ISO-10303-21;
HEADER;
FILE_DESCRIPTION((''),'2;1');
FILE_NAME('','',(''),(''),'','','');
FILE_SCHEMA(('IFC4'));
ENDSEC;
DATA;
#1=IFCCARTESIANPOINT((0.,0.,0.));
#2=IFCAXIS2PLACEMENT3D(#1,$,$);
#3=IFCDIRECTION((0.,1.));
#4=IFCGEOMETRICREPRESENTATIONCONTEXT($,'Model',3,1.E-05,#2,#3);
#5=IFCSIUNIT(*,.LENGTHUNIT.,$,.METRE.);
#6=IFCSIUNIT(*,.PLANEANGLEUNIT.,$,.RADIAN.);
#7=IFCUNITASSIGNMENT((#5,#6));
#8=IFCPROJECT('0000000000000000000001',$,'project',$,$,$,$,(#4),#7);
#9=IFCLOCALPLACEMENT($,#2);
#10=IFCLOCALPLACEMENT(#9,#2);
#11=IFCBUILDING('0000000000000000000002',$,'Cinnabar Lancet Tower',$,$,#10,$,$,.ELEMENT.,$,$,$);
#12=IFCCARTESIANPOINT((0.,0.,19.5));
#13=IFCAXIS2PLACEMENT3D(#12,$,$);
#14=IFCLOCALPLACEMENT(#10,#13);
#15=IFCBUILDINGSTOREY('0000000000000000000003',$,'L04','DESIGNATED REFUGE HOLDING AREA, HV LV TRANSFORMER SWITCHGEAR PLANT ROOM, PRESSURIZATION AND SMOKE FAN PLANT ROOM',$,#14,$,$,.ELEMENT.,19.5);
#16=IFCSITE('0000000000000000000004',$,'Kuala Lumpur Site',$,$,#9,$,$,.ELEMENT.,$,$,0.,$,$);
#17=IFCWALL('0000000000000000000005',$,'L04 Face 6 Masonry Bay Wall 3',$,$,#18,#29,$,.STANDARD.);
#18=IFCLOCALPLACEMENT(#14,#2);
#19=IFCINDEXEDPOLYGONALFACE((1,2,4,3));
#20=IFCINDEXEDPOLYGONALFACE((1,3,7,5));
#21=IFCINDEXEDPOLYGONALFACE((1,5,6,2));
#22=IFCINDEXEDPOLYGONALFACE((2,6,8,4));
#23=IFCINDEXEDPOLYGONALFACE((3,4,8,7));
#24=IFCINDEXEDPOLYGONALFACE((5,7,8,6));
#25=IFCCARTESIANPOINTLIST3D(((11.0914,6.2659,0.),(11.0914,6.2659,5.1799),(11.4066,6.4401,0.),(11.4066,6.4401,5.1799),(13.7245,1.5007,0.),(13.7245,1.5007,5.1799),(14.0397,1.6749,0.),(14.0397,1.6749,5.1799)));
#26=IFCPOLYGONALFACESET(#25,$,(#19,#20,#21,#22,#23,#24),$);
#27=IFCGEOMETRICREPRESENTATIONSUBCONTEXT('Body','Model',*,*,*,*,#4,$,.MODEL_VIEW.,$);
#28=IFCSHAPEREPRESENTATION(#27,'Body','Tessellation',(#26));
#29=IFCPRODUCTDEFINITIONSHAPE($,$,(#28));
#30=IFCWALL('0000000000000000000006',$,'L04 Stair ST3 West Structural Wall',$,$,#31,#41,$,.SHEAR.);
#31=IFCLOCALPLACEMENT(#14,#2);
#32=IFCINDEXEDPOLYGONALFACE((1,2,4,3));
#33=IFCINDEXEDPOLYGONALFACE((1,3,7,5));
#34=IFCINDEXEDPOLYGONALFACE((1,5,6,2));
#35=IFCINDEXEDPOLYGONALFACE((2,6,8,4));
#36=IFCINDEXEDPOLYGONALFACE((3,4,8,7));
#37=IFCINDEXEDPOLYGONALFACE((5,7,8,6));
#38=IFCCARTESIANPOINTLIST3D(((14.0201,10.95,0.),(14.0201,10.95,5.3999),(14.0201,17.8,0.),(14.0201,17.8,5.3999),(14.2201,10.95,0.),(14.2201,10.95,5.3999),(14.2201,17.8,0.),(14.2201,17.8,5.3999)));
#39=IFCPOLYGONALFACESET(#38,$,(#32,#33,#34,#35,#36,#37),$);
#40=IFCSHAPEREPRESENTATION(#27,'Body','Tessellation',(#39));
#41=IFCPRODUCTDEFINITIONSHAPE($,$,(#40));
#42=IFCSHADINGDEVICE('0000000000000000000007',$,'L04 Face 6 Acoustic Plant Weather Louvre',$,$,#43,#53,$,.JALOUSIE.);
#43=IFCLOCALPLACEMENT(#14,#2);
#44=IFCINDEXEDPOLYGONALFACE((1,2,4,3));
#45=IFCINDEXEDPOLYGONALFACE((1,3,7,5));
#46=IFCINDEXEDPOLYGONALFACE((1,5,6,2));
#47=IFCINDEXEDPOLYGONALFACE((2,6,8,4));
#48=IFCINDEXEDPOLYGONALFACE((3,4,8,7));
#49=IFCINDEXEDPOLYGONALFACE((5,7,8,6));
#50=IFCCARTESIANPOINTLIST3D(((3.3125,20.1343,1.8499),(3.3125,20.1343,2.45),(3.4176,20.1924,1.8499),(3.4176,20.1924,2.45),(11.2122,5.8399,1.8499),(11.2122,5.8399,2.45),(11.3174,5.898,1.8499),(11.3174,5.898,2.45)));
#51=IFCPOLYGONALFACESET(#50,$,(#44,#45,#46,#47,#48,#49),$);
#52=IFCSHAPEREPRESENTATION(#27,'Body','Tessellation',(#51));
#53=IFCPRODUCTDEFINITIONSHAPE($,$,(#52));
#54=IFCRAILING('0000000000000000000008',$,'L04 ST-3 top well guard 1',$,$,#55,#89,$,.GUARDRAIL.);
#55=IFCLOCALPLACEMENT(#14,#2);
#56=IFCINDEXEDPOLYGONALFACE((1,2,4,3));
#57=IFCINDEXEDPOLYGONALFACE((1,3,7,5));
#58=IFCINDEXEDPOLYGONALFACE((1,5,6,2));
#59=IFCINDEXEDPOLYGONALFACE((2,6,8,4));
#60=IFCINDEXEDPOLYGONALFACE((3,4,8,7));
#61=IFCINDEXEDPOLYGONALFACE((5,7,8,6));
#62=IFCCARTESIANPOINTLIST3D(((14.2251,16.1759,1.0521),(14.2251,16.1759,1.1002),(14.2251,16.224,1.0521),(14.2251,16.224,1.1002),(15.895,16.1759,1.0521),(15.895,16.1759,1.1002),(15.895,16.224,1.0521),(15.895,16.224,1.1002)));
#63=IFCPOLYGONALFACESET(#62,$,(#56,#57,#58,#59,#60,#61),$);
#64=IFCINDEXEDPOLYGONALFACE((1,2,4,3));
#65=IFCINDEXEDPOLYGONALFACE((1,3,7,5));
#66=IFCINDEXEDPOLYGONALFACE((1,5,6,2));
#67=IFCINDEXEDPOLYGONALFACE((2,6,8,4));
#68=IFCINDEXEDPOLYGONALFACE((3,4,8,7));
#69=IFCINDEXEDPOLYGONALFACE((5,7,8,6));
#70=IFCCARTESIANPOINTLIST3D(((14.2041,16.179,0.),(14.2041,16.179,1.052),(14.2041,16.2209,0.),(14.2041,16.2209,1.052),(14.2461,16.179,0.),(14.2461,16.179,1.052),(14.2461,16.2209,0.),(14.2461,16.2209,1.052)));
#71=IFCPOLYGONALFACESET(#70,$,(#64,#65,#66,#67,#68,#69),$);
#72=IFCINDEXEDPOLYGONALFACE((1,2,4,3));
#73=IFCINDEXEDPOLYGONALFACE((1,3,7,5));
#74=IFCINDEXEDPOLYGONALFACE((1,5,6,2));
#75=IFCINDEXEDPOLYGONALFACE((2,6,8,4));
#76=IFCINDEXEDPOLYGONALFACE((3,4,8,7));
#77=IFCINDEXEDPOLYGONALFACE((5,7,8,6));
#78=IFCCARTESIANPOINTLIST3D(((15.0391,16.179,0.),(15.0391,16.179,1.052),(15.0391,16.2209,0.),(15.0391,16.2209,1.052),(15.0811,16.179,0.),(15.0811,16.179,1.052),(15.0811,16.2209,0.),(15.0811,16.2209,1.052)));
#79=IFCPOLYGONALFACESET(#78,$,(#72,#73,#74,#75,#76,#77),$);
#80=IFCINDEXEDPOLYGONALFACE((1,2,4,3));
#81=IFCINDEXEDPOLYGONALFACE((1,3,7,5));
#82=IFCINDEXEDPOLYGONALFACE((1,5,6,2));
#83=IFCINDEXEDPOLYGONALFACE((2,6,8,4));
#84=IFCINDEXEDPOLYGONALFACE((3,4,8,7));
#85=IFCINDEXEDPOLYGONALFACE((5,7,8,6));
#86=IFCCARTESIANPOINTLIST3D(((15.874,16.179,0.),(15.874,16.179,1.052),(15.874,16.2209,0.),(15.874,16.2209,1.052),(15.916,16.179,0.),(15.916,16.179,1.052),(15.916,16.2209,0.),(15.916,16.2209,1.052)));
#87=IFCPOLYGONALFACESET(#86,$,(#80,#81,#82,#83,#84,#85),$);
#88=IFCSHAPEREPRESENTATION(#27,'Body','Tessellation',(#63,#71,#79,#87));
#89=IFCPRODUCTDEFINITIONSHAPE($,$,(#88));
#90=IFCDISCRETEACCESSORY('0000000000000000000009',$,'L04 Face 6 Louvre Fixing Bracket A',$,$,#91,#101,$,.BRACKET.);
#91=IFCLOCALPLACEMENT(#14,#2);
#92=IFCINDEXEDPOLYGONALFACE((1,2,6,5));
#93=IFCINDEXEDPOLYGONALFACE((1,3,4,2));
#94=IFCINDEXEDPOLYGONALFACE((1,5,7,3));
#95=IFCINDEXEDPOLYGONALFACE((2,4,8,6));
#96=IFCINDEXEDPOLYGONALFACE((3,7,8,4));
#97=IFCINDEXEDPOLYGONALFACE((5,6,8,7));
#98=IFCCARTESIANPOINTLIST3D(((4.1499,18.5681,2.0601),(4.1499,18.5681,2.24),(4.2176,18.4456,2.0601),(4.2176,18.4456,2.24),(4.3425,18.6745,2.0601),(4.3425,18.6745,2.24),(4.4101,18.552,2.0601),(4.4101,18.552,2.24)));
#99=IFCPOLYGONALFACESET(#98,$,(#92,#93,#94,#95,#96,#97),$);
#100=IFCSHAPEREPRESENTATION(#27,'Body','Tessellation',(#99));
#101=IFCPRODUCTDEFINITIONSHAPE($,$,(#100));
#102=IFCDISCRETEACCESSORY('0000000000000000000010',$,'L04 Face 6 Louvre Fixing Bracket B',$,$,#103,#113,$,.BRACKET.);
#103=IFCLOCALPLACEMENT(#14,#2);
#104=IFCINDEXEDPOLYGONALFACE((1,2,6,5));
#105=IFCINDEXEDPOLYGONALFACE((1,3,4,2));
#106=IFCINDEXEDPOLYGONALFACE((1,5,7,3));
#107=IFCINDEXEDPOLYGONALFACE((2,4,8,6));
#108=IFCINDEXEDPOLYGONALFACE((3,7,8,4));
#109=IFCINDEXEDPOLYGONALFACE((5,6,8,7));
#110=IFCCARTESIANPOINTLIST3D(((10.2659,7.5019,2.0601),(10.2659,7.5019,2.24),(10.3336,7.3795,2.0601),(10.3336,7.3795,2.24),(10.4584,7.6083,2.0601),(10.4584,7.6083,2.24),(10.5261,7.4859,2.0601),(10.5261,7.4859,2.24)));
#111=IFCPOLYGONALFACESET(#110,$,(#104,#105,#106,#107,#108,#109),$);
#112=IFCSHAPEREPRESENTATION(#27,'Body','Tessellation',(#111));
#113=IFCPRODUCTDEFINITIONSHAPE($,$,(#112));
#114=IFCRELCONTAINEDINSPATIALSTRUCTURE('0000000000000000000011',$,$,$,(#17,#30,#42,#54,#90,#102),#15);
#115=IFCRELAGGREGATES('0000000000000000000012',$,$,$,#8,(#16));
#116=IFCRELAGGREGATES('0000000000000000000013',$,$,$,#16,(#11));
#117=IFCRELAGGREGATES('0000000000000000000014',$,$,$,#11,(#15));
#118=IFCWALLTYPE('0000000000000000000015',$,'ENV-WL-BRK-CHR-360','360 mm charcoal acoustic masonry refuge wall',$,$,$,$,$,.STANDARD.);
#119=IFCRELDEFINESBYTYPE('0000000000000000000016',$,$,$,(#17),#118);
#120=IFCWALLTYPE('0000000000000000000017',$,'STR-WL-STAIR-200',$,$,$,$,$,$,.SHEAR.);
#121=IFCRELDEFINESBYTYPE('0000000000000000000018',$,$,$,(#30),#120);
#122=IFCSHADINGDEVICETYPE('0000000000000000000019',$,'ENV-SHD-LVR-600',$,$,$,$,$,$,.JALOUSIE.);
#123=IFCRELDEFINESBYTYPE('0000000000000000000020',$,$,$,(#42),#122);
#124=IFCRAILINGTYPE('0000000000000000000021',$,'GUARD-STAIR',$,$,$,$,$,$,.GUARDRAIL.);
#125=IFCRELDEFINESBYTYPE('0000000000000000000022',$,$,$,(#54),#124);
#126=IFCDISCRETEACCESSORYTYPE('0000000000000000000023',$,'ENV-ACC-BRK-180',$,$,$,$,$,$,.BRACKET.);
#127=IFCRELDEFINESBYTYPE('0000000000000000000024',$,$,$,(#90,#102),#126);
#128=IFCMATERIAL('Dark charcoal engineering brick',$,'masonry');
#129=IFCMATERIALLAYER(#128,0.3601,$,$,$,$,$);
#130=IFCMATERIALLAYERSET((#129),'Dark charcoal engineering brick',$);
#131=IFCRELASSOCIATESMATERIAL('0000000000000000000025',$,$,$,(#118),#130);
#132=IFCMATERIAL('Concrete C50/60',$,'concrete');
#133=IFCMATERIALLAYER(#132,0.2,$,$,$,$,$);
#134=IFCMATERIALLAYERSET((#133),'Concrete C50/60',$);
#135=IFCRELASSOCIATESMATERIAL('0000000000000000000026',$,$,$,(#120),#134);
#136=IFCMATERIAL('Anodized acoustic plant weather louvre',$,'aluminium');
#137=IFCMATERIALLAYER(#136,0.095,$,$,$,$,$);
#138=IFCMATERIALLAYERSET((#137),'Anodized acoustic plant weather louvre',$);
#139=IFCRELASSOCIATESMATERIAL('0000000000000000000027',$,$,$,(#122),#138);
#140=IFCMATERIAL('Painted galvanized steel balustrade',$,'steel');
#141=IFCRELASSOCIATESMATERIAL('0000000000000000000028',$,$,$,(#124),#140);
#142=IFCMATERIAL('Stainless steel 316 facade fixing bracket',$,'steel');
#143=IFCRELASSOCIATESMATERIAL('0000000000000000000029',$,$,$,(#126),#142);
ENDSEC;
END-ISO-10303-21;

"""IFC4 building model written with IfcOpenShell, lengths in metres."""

from ifc_helpers import new_model, si_unit, direction, frame, frame_2d, origin, origin_2d, place, context, subcontext, project, spatial, rectangle, extrude, material, layer, layer_set, type_object, element, save


model = new_model("IFC4")

# Units and contexts
model_context = context("Model", 3, precision=1e-05, world=origin(), true_north=direction((0.0, 1.0)))
body_context = subcontext(model_context, "Body", "Model", "MODEL_VIEW")
ifc_project = project(units=[si_unit("LENGTHUNIT", "METRE"), si_unit("PLANEANGLEUNIT", "RADIAN")], contexts=[model_context])

# Site, building, storey
site_placement = place(None, origin())
site = spatial("IfcSite", under=ifc_project, at=site_placement, Name="Kuala Lumpur Site", CompositionType="ELEMENT", RefElevation=0.0)
building_placement = place(site_placement, origin())
building = spatial("IfcBuilding", under=site, at=building_placement, Name="Cinnabar Lancet Tower", CompositionType="ELEMENT")
storey_placement = place(building_placement, frame((0.0, 0.0, 19.5)))
storey = spatial("IfcBuildingStorey", under=building, at=storey_placement, Name="L04", Description="DESIGNATED REFUGE HOLDING AREA, HV LV TRANSFORMER SWITCHGEAR PLANT ROOM, PRESSURIZATION AND SMOKE FAN PLANT ROOM", CompositionType="ELEMENT", Elevation=19.5)

# Walls
ifc_material_1 = material(Name="Dark charcoal engineering brick", Category="masonry")
ifc_layer_1 = layer(ifc_material_1, 0.3601)
ifc_layer_set_1 = layer_set([ifc_layer_1], Name="Dark charcoal engineering brick")
wall_type_1 = type_object("IfcWallType", Name="ENV-WL-BRK-CHR-360", Description="360 mm charcoal acoustic masonry refuge wall", PredefinedType="STANDARD", material=ifc_layer_set_1)
wall_1_placement = place(storey_placement, frame((11.249, 6.353, 0.0), z_axis=(0.0, 0.0, 1.0), x_axis=(0.483643, -0.875266, 0.0)))
element("IfcWall", 1, at=wall_1_placement, inside=storey, type_object=wall_type_1, Name="L04 Face 6 Masonry Bay Wall 3", PredefinedType="STANDARD", context=body_context, shape_type="SweptSolid", body=[
    extrude(rectangle(XDim=5.4443, YDim=0.3601, at=frame_2d((2.7222, 0.0))), origin(), (0.0, 0.0, 1.0), 5.1799),
])
ifc_material_2 = material(Name="Concrete C50/60", Category="concrete")
ifc_layer_2 = layer(ifc_material_2, 0.2)
ifc_layer_set_2 = layer_set([ifc_layer_2], Name="Concrete C50/60")
wall_type_2 = type_object("IfcWallType", Name="STR-WL-STAIR-200", PredefinedType="SHEAR", material=ifc_layer_set_2)
wall_2_placement = place(storey_placement, frame((14.1201, 10.95, 0.0), z_axis=(0.0, 0.0, 1.0), x_axis=(0.0, 1.0, 0.0)))
element("IfcWall", 2, at=wall_2_placement, inside=storey, type_object=wall_type_2, Name="L04 Stair ST3 West Structural Wall", PredefinedType="SHEAR", context=body_context, shape_type="SweptSolid", body=[
    extrude(rectangle(XDim=6.8501, YDim=0.2, at=frame_2d((3.425, 0.0))), origin(), (0.0, 0.0, 1.0), 5.3999),
])

# Shading device
ifc_material_3 = material(Name="Anodized acoustic plant weather louvre", Category="aluminium")
ifc_layer_3 = layer(ifc_material_3, 0.095)
ifc_layer_set_3 = layer_set([ifc_layer_3], Name="Anodized acoustic plant weather louvre")
shading_device_type = type_object("IfcShadingDeviceType", Name="ENV-SHD-LVR-600", PredefinedType="JALOUSIE", material=ifc_layer_set_3)
shading_device_placement = place(storey_placement, frame((7.3149, 13.0161, 1.8499), z_axis=(0.0, 0.0, 1.0), x_axis=(0.483695, -0.875237, 0.0)))
element("IfcShadingDevice", 3, at=shading_device_placement, inside=storey, type_object=shading_device_type, Name="L04 Face 6 Acoustic Plant Weather Louvre", PredefinedType="JALOUSIE", context=body_context, shape_type="SweptSolid", body=[
    extrude(rectangle(XDim=16.332, YDim=0.1201, at=origin_2d()), origin(), (0.0, 0.0, 1.0), 0.6001),
])

# Railing
ifc_material_4 = material(Name="Painted galvanized steel balustrade", Category="steel")
railing_type_1 = type_object("IfcRailingType", Name="GUARD-STAIR", PredefinedType="GUARDRAIL", material=ifc_material_4)
railing_1_placement = place(storey_placement, frame((14.2251, 16.2, 0.0)))
element("IfcRailing", 4, at=railing_1_placement, inside=storey, type_object=railing_type_1, Name="L04 ST-3 top well guard 1", PredefinedType="GUARDRAIL", context=body_context, shape_type="SweptSolid", body=[
    extrude(rectangle(XDim=0.0481, YDim=0.0481, at=origin_2d()), frame((0.0, 0.0, 1.0762), z_axis=(1.0, 0.0, 0.0), x_axis=(0.0, 1.0, 0.0)), (0.0, 0.0, 1.0), 1.6699),
    extrude(rectangle(XDim=0.042, YDim=0.042, at=origin_2d()), origin(), (0.0, 0.0, 1.0), 1.052),
    extrude(rectangle(XDim=0.042, YDim=0.042, at=origin_2d()), frame((0.835, 0.0, 0.0)), (0.0, 0.0, 1.0), 1.052),
    extrude(rectangle(XDim=0.042, YDim=0.042, at=origin_2d()), frame((1.6699, 0.0, 0.0)), (0.0, 0.0, 1.0), 1.052),
])

# Discrete accessories
ifc_material_5 = material(Name="Stainless steel 316 facade fixing bracket", Category="steel")
discrete_accessory_type = type_object("IfcDiscreteAccessoryType", Name="ENV-ACC-BRK-180", PredefinedType="BRACKET", material=ifc_material_5)
for number, where, z_axis, x_axis, name in (
    (5, (4.28, 18.5601, 2.0601), (0.0, 0.0, 1.0), (0.483695, -0.875237, 0.0), "L04 Face 6 Louvre Fixing Bracket A"),
    (6, (10.396, 7.4939, 2.0601), (0.0, 0.0, 1.0), (0.483695, -0.875237, 0.0), "L04 Face 6 Louvre Fixing Bracket B"),
):
    element("IfcDiscreteAccessory", number, at=place(storey_placement, frame(where, z_axis=z_axis, x_axis=x_axis)), inside=storey, type_object=discrete_accessory_type, Name=name, PredefinedType="BRACKET", context=body_context, shape_type="SweptSolid", body=[
        extrude(rectangle(XDim=0.1399, YDim=0.22, at=origin_2d()), origin(), (0.0, 0.0, 1.0), 0.1799),
    ])

save(model, "model.ifc")
